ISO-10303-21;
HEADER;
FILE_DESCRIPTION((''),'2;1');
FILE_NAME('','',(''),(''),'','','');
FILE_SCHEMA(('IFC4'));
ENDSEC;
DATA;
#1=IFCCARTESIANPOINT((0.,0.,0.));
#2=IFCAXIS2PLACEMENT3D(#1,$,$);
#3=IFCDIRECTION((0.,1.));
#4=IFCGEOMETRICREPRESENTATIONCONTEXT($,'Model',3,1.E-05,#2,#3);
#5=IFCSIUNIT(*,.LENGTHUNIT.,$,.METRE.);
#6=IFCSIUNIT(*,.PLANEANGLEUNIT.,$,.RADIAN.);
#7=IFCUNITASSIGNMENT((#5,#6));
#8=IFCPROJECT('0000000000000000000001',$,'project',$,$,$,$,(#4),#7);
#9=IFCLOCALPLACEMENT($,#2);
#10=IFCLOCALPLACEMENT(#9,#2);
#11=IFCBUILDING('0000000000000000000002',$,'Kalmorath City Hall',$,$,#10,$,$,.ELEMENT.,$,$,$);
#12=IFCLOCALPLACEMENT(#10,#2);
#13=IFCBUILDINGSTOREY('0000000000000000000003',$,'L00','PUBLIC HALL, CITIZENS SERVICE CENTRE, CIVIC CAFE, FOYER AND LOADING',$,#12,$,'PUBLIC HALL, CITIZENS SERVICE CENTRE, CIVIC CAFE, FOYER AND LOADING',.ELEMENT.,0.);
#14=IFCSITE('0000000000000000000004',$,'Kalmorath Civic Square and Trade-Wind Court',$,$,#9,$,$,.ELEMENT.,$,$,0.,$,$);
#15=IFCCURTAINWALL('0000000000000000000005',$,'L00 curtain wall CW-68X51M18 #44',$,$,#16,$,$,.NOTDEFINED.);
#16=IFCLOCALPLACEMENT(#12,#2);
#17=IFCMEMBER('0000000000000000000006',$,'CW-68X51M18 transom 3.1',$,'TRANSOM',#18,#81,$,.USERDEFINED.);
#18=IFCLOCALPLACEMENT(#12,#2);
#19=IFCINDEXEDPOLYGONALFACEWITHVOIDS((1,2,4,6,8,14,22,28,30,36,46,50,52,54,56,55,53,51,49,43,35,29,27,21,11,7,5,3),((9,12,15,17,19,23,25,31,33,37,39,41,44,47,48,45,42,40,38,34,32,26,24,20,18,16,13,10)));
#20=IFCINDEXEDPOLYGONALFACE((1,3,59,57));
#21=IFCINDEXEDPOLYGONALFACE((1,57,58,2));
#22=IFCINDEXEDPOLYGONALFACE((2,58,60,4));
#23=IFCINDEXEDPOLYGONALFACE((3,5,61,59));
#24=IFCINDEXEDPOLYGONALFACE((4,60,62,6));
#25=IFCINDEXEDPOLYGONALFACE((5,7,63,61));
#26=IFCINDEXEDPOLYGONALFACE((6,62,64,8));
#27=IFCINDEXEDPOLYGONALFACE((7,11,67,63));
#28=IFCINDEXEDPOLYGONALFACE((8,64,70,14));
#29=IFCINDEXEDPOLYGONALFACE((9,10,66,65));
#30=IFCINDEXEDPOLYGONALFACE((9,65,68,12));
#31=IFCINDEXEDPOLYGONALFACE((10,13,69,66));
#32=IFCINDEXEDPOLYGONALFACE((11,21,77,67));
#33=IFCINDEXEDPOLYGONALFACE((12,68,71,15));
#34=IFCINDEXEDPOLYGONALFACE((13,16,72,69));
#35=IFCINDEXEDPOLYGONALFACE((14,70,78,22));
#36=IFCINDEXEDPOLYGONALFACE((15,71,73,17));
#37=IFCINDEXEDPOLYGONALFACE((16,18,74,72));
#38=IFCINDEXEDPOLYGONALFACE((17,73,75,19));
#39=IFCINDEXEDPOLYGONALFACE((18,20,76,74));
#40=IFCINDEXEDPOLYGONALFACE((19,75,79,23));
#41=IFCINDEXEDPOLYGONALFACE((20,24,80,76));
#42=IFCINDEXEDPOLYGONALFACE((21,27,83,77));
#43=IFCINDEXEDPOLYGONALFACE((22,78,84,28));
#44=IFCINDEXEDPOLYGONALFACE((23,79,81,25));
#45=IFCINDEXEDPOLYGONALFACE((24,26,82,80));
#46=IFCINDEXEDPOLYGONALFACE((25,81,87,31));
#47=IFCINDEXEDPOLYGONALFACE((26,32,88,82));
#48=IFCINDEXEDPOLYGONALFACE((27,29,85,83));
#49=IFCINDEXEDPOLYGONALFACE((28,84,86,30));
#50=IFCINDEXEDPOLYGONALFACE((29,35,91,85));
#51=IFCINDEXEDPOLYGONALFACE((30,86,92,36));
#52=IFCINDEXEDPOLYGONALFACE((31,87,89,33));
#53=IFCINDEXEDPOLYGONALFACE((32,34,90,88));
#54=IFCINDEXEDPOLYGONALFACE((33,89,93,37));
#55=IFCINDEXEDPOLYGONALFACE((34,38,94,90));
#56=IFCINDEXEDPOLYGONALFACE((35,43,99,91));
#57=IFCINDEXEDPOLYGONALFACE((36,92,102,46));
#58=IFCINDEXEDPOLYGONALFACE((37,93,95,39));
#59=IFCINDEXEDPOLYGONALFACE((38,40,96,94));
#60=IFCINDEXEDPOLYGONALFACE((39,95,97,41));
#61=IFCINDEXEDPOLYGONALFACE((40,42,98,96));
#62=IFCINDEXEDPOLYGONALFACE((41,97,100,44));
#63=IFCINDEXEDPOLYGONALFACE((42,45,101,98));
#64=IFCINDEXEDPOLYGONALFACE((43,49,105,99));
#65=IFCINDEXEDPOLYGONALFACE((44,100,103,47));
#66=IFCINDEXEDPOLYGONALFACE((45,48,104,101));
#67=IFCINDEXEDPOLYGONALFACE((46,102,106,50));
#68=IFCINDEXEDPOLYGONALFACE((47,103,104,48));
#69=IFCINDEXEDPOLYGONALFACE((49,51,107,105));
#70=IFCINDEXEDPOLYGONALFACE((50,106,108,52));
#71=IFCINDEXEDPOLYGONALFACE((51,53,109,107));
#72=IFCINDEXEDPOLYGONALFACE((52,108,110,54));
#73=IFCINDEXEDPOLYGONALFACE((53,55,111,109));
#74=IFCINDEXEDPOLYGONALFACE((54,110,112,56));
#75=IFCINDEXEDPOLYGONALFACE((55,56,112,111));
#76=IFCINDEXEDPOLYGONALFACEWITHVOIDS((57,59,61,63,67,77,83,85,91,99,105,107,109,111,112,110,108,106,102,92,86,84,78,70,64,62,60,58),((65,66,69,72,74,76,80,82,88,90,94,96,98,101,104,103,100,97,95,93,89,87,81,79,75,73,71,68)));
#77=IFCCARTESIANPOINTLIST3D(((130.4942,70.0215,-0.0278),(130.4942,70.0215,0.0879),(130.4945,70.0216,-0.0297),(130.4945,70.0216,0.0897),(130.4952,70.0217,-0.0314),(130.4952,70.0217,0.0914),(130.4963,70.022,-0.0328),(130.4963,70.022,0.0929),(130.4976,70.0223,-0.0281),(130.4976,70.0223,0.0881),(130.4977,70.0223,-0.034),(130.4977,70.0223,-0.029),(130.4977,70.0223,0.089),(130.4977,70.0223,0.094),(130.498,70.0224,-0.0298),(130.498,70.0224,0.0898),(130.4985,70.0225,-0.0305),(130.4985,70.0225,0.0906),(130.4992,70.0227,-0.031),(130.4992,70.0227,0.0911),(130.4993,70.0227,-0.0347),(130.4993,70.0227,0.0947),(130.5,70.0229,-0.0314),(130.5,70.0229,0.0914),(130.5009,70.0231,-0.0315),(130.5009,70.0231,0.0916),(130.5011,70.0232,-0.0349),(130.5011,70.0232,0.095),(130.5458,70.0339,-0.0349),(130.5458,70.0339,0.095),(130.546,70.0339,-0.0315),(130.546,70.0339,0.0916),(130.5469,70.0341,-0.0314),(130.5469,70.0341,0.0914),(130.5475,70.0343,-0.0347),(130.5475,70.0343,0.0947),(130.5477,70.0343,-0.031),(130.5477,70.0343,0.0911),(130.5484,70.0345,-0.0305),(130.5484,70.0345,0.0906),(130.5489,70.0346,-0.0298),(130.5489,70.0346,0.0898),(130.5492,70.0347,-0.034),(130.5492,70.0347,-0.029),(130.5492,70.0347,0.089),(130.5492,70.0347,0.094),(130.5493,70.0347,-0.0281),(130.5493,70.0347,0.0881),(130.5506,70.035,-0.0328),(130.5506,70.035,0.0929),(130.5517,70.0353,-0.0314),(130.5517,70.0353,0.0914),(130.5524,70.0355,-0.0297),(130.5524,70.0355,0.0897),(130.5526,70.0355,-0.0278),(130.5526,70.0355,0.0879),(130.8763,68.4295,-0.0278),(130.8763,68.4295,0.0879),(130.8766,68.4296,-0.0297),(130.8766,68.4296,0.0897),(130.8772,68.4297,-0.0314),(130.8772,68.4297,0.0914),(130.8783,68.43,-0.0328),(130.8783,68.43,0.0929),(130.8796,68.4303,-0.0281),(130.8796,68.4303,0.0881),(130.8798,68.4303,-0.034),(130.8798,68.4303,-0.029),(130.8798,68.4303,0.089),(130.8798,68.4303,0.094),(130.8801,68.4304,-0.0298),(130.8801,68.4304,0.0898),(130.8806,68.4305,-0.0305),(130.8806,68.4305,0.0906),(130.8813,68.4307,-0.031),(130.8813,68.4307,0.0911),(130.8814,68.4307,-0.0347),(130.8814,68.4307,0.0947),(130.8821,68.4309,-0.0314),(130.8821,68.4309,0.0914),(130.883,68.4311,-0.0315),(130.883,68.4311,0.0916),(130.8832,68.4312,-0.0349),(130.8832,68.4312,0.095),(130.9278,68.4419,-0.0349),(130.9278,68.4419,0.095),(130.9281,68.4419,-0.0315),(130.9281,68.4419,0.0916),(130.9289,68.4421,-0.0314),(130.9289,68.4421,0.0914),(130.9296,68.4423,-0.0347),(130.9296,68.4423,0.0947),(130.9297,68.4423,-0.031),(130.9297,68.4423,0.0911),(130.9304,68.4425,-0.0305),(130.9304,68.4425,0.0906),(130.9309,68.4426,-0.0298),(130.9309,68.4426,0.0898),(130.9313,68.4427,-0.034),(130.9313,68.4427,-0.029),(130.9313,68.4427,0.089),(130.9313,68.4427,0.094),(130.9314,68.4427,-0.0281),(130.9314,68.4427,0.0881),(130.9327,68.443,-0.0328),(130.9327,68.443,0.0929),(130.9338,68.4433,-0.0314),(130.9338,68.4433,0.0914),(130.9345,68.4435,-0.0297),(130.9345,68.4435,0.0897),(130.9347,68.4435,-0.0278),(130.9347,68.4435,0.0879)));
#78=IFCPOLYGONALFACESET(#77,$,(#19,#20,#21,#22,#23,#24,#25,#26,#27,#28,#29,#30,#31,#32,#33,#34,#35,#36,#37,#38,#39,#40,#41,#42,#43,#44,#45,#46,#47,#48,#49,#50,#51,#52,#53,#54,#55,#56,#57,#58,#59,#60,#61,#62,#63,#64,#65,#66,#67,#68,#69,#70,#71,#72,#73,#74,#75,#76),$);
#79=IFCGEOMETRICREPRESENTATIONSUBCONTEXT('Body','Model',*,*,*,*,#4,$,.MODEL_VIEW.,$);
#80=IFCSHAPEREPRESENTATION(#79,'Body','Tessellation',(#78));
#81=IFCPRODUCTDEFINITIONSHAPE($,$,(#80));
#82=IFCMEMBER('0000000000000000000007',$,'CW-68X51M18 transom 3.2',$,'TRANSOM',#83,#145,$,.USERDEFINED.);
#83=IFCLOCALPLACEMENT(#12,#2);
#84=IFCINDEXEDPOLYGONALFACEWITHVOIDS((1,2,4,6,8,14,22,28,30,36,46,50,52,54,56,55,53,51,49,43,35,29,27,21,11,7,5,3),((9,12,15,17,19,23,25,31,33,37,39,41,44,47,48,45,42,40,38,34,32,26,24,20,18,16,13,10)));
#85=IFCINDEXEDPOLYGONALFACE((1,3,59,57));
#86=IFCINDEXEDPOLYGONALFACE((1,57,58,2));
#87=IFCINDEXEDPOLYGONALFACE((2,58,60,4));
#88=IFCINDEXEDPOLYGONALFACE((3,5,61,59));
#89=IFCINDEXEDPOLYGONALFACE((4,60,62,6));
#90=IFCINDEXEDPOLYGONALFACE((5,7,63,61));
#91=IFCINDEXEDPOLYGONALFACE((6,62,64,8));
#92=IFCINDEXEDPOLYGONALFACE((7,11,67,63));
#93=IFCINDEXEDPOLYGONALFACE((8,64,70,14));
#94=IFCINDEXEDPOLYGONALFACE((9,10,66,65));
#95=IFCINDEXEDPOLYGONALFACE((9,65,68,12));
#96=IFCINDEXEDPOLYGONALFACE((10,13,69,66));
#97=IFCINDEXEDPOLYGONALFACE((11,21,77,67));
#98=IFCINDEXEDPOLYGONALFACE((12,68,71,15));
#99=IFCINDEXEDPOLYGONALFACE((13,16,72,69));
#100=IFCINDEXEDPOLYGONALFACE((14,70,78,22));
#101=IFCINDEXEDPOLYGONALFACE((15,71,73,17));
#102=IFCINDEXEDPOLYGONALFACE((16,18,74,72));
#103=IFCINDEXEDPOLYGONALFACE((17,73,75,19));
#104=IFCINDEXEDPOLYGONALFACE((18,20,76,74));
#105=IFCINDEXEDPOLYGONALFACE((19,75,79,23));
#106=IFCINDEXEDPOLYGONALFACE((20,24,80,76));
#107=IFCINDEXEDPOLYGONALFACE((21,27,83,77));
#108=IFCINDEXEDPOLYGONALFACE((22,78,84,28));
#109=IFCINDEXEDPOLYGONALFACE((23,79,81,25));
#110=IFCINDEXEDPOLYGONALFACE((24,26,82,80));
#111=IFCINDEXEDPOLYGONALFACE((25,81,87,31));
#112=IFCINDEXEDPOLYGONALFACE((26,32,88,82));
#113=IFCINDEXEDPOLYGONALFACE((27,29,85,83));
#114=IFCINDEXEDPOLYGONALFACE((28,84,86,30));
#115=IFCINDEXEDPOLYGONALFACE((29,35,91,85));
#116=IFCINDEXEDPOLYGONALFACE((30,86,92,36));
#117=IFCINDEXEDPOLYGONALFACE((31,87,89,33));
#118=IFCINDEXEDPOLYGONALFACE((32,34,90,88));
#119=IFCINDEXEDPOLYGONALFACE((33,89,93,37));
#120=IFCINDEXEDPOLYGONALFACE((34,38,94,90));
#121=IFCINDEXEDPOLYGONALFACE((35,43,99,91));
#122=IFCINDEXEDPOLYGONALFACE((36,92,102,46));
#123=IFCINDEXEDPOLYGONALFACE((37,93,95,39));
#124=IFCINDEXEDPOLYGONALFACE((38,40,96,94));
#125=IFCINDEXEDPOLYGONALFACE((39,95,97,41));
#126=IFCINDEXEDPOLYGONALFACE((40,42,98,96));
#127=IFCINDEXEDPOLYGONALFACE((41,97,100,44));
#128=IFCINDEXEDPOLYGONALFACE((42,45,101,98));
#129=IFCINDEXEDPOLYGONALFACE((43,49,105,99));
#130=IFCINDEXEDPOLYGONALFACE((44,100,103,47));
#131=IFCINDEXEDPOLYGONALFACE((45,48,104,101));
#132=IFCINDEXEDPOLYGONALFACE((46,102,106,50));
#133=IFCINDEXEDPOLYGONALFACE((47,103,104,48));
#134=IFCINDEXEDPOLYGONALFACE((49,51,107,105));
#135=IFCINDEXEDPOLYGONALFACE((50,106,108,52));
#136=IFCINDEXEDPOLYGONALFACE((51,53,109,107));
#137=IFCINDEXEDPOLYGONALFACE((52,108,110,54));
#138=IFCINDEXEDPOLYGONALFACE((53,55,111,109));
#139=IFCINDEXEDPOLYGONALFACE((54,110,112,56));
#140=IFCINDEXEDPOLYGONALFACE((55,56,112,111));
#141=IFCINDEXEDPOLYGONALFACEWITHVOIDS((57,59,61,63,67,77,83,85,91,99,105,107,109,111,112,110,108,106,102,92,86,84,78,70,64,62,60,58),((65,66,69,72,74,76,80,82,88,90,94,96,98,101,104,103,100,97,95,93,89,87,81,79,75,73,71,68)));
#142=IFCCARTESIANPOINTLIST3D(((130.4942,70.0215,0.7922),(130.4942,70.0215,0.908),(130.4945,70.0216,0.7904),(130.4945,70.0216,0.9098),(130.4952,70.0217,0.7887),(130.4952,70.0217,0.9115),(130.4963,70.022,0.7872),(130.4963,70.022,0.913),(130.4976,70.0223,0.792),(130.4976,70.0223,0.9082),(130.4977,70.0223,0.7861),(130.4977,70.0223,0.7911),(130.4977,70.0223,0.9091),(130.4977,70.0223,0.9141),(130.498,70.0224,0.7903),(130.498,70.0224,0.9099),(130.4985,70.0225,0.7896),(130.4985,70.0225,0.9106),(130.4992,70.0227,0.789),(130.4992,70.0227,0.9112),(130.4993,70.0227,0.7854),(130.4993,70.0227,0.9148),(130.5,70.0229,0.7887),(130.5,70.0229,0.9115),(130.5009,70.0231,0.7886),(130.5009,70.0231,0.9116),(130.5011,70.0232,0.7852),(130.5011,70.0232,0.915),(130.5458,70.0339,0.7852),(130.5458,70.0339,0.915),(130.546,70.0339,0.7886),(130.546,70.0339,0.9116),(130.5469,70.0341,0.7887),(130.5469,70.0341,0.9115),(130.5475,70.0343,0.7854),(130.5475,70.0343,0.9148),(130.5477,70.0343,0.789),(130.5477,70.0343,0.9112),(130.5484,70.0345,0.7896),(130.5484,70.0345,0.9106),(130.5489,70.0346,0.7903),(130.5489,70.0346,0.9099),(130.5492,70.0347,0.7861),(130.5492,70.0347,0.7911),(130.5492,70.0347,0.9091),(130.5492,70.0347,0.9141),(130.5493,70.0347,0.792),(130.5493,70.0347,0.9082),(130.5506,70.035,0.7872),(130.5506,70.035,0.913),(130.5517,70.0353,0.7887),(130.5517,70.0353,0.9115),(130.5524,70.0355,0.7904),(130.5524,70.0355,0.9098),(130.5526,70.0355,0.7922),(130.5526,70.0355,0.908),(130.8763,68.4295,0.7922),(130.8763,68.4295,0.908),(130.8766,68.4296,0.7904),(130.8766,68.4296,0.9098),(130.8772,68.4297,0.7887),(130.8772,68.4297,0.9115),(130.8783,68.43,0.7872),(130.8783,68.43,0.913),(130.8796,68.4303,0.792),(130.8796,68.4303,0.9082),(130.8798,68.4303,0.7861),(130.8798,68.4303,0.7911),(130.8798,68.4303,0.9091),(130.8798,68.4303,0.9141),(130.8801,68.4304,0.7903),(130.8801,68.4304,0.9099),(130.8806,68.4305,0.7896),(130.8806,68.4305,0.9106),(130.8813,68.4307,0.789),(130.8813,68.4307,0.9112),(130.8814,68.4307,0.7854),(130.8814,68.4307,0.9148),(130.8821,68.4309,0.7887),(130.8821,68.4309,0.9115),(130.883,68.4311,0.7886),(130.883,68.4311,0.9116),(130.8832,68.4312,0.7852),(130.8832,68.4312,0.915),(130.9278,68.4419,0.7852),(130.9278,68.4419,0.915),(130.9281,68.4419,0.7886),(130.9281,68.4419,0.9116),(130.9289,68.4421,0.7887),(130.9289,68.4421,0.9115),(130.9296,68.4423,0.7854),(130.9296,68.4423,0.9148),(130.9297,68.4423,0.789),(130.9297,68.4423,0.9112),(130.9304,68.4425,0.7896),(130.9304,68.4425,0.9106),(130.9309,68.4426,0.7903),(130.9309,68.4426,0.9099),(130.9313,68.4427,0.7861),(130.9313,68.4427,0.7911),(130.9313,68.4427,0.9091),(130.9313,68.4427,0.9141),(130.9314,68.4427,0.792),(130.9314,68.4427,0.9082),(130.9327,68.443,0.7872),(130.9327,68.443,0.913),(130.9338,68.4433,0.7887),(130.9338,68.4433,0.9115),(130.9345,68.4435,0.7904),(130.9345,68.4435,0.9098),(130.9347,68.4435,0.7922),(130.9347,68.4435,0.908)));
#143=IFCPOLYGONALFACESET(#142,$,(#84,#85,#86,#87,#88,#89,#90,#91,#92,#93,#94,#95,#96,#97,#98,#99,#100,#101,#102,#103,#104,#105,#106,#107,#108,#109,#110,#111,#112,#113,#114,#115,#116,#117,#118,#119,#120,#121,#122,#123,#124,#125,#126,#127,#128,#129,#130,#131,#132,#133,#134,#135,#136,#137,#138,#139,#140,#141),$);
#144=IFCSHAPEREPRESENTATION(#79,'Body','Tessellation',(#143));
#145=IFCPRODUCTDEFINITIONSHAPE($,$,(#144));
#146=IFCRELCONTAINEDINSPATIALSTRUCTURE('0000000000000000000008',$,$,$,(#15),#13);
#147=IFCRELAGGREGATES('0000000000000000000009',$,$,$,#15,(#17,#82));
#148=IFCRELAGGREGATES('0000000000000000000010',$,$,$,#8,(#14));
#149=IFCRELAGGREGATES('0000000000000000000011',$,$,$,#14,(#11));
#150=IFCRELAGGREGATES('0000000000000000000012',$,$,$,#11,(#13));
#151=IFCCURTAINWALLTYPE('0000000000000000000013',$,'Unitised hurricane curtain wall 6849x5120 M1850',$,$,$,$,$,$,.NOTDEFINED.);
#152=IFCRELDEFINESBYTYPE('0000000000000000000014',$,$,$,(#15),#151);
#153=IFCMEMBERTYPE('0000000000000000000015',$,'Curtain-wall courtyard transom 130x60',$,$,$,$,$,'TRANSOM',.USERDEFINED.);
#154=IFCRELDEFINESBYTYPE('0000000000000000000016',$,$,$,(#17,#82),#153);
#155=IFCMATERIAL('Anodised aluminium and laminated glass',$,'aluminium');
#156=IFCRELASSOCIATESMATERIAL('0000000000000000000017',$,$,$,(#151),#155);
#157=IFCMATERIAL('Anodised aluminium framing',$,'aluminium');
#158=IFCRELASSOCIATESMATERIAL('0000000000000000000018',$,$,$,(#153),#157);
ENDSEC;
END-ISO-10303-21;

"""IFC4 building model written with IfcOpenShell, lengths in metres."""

from ifc_helpers import new_model, si_unit, direction, frame, origin, origin_2d, place, context, subcontext, project, spatial, hollow_rectangle, extrude, material, material_profile, profile_set, type_object, element, aggregate, save


model = new_model("IFC4")

# Units and contexts
model_context = context("Model", 3, precision=1e-05, world=origin(), true_north=direction((0.0, 1.0)))
body_context = subcontext(model_context, "Body", "Model", "MODEL_VIEW")
ifc_project = project(units=[si_unit("LENGTHUNIT", "METRE"), si_unit("PLANEANGLEUNIT", "RADIAN")], contexts=[model_context])

# Site, building, storey
site_placement = place(None, origin())
site = spatial("IfcSite", under=ifc_project, at=site_placement, Name="Kalmorath Civic Square and Trade-Wind Court", CompositionType="ELEMENT", RefElevation=0.0)
building_placement = place(site_placement, origin())
building = spatial("IfcBuilding", under=site, at=building_placement, Name="Kalmorath City Hall", CompositionType="ELEMENT")
storey_placement = place(building_placement, origin())
storey = spatial("IfcBuildingStorey", under=building, at=storey_placement, Name="L00", Description="PUBLIC HALL, CITIZENS SERVICE CENTRE, CIVIC CAFE, FOYER AND LOADING", LongName="PUBLIC HALL, CITIZENS SERVICE CENTRE, CIVIC CAFE, FOYER AND LOADING", CompositionType="ELEMENT", Elevation=0.0)

# Curtain wall, members
ifc_material_1 = material(Name="Anodised aluminium and laminated glass", Category="aluminium")
curtain_wall_type = type_object("IfcCurtainWallType", Name="Unitised hurricane curtain wall 6849x5120 M1850", PredefinedType="NOTDEFINED", material=ifc_material_1)
curtain_wall_1_placement = place(storey_placement, origin())
curtain_wall_1 = element("IfcCurtainWall", 1, at=curtain_wall_1_placement, inside=storey, type_object=curtain_wall_type, Name="L00 curtain wall CW-68X51M18 #44", PredefinedType="NOTDEFINED")
ifc_material_2 = material(Name="Anodised aluminium framing", Category="aluminium")
ifc_material_profile_1 = material_profile(ifc_material_2, hollow_rectangle(XDim=0.0601, YDim=0.1299, WallThickness=0.0034, InnerFilletRadius=0.0034, OuterFilletRadius=0.0071, at=origin_2d()), Name="ALU-TRN-130X60X3.5")
ifc_profile_set_1 = profile_set([ifc_material_profile_1], Name="Anodised aluminium framing")
member_type_1 = type_object("IfcMemberType", Name="Curtain-wall courtyard transom 130x60", ElementType="TRANSOM", PredefinedType="USERDEFINED", material=ifc_profile_set_1)
member_1_placement = place(storey_placement, frame((130.9055, 68.4365, 0.03), z_axis=(-0.233367, 0.972389, 0.0), x_axis=(-0.972389, -0.233367, 0.0)))
member_1 = element("IfcMember", 2, at=member_1_placement, type_object=member_type_1, Name="CW-68X51M18 transom 3.1", ObjectType="TRANSOM", PredefinedType="USERDEFINED", context=body_context, shape_type="SweptSolid", body=[
    extrude(hollow_rectangle(XDim=0.0601, YDim=0.1299, WallThickness=0.0034, InnerFilletRadius=0.0034, OuterFilletRadius=0.0071, at=origin_2d()), origin(), (0.0, 0.0, 1.0), 1.6372),
])
member_2_placement = place(storey_placement, frame((130.9055, 68.4365, 0.8501), z_axis=(-0.233367, 0.972389, 0.0), x_axis=(-0.972389, -0.233367, 0.0)))
member_2 = element("IfcMember", 3, at=member_2_placement, type_object=member_type_1, Name="CW-68X51M18 transom 3.2", ObjectType="TRANSOM", PredefinedType="USERDEFINED", context=body_context, shape_type="SweptSolid", body=[
    extrude(hollow_rectangle(XDim=0.0601, YDim=0.1299, WallThickness=0.0034, InnerFilletRadius=0.0034, OuterFilletRadius=0.0071, at=origin_2d()), origin(), (0.0, 0.0, 1.0), 1.6372),
])

aggregate(curtain_wall_1, [member_1, member_2])

save(model, "model.ifc")
